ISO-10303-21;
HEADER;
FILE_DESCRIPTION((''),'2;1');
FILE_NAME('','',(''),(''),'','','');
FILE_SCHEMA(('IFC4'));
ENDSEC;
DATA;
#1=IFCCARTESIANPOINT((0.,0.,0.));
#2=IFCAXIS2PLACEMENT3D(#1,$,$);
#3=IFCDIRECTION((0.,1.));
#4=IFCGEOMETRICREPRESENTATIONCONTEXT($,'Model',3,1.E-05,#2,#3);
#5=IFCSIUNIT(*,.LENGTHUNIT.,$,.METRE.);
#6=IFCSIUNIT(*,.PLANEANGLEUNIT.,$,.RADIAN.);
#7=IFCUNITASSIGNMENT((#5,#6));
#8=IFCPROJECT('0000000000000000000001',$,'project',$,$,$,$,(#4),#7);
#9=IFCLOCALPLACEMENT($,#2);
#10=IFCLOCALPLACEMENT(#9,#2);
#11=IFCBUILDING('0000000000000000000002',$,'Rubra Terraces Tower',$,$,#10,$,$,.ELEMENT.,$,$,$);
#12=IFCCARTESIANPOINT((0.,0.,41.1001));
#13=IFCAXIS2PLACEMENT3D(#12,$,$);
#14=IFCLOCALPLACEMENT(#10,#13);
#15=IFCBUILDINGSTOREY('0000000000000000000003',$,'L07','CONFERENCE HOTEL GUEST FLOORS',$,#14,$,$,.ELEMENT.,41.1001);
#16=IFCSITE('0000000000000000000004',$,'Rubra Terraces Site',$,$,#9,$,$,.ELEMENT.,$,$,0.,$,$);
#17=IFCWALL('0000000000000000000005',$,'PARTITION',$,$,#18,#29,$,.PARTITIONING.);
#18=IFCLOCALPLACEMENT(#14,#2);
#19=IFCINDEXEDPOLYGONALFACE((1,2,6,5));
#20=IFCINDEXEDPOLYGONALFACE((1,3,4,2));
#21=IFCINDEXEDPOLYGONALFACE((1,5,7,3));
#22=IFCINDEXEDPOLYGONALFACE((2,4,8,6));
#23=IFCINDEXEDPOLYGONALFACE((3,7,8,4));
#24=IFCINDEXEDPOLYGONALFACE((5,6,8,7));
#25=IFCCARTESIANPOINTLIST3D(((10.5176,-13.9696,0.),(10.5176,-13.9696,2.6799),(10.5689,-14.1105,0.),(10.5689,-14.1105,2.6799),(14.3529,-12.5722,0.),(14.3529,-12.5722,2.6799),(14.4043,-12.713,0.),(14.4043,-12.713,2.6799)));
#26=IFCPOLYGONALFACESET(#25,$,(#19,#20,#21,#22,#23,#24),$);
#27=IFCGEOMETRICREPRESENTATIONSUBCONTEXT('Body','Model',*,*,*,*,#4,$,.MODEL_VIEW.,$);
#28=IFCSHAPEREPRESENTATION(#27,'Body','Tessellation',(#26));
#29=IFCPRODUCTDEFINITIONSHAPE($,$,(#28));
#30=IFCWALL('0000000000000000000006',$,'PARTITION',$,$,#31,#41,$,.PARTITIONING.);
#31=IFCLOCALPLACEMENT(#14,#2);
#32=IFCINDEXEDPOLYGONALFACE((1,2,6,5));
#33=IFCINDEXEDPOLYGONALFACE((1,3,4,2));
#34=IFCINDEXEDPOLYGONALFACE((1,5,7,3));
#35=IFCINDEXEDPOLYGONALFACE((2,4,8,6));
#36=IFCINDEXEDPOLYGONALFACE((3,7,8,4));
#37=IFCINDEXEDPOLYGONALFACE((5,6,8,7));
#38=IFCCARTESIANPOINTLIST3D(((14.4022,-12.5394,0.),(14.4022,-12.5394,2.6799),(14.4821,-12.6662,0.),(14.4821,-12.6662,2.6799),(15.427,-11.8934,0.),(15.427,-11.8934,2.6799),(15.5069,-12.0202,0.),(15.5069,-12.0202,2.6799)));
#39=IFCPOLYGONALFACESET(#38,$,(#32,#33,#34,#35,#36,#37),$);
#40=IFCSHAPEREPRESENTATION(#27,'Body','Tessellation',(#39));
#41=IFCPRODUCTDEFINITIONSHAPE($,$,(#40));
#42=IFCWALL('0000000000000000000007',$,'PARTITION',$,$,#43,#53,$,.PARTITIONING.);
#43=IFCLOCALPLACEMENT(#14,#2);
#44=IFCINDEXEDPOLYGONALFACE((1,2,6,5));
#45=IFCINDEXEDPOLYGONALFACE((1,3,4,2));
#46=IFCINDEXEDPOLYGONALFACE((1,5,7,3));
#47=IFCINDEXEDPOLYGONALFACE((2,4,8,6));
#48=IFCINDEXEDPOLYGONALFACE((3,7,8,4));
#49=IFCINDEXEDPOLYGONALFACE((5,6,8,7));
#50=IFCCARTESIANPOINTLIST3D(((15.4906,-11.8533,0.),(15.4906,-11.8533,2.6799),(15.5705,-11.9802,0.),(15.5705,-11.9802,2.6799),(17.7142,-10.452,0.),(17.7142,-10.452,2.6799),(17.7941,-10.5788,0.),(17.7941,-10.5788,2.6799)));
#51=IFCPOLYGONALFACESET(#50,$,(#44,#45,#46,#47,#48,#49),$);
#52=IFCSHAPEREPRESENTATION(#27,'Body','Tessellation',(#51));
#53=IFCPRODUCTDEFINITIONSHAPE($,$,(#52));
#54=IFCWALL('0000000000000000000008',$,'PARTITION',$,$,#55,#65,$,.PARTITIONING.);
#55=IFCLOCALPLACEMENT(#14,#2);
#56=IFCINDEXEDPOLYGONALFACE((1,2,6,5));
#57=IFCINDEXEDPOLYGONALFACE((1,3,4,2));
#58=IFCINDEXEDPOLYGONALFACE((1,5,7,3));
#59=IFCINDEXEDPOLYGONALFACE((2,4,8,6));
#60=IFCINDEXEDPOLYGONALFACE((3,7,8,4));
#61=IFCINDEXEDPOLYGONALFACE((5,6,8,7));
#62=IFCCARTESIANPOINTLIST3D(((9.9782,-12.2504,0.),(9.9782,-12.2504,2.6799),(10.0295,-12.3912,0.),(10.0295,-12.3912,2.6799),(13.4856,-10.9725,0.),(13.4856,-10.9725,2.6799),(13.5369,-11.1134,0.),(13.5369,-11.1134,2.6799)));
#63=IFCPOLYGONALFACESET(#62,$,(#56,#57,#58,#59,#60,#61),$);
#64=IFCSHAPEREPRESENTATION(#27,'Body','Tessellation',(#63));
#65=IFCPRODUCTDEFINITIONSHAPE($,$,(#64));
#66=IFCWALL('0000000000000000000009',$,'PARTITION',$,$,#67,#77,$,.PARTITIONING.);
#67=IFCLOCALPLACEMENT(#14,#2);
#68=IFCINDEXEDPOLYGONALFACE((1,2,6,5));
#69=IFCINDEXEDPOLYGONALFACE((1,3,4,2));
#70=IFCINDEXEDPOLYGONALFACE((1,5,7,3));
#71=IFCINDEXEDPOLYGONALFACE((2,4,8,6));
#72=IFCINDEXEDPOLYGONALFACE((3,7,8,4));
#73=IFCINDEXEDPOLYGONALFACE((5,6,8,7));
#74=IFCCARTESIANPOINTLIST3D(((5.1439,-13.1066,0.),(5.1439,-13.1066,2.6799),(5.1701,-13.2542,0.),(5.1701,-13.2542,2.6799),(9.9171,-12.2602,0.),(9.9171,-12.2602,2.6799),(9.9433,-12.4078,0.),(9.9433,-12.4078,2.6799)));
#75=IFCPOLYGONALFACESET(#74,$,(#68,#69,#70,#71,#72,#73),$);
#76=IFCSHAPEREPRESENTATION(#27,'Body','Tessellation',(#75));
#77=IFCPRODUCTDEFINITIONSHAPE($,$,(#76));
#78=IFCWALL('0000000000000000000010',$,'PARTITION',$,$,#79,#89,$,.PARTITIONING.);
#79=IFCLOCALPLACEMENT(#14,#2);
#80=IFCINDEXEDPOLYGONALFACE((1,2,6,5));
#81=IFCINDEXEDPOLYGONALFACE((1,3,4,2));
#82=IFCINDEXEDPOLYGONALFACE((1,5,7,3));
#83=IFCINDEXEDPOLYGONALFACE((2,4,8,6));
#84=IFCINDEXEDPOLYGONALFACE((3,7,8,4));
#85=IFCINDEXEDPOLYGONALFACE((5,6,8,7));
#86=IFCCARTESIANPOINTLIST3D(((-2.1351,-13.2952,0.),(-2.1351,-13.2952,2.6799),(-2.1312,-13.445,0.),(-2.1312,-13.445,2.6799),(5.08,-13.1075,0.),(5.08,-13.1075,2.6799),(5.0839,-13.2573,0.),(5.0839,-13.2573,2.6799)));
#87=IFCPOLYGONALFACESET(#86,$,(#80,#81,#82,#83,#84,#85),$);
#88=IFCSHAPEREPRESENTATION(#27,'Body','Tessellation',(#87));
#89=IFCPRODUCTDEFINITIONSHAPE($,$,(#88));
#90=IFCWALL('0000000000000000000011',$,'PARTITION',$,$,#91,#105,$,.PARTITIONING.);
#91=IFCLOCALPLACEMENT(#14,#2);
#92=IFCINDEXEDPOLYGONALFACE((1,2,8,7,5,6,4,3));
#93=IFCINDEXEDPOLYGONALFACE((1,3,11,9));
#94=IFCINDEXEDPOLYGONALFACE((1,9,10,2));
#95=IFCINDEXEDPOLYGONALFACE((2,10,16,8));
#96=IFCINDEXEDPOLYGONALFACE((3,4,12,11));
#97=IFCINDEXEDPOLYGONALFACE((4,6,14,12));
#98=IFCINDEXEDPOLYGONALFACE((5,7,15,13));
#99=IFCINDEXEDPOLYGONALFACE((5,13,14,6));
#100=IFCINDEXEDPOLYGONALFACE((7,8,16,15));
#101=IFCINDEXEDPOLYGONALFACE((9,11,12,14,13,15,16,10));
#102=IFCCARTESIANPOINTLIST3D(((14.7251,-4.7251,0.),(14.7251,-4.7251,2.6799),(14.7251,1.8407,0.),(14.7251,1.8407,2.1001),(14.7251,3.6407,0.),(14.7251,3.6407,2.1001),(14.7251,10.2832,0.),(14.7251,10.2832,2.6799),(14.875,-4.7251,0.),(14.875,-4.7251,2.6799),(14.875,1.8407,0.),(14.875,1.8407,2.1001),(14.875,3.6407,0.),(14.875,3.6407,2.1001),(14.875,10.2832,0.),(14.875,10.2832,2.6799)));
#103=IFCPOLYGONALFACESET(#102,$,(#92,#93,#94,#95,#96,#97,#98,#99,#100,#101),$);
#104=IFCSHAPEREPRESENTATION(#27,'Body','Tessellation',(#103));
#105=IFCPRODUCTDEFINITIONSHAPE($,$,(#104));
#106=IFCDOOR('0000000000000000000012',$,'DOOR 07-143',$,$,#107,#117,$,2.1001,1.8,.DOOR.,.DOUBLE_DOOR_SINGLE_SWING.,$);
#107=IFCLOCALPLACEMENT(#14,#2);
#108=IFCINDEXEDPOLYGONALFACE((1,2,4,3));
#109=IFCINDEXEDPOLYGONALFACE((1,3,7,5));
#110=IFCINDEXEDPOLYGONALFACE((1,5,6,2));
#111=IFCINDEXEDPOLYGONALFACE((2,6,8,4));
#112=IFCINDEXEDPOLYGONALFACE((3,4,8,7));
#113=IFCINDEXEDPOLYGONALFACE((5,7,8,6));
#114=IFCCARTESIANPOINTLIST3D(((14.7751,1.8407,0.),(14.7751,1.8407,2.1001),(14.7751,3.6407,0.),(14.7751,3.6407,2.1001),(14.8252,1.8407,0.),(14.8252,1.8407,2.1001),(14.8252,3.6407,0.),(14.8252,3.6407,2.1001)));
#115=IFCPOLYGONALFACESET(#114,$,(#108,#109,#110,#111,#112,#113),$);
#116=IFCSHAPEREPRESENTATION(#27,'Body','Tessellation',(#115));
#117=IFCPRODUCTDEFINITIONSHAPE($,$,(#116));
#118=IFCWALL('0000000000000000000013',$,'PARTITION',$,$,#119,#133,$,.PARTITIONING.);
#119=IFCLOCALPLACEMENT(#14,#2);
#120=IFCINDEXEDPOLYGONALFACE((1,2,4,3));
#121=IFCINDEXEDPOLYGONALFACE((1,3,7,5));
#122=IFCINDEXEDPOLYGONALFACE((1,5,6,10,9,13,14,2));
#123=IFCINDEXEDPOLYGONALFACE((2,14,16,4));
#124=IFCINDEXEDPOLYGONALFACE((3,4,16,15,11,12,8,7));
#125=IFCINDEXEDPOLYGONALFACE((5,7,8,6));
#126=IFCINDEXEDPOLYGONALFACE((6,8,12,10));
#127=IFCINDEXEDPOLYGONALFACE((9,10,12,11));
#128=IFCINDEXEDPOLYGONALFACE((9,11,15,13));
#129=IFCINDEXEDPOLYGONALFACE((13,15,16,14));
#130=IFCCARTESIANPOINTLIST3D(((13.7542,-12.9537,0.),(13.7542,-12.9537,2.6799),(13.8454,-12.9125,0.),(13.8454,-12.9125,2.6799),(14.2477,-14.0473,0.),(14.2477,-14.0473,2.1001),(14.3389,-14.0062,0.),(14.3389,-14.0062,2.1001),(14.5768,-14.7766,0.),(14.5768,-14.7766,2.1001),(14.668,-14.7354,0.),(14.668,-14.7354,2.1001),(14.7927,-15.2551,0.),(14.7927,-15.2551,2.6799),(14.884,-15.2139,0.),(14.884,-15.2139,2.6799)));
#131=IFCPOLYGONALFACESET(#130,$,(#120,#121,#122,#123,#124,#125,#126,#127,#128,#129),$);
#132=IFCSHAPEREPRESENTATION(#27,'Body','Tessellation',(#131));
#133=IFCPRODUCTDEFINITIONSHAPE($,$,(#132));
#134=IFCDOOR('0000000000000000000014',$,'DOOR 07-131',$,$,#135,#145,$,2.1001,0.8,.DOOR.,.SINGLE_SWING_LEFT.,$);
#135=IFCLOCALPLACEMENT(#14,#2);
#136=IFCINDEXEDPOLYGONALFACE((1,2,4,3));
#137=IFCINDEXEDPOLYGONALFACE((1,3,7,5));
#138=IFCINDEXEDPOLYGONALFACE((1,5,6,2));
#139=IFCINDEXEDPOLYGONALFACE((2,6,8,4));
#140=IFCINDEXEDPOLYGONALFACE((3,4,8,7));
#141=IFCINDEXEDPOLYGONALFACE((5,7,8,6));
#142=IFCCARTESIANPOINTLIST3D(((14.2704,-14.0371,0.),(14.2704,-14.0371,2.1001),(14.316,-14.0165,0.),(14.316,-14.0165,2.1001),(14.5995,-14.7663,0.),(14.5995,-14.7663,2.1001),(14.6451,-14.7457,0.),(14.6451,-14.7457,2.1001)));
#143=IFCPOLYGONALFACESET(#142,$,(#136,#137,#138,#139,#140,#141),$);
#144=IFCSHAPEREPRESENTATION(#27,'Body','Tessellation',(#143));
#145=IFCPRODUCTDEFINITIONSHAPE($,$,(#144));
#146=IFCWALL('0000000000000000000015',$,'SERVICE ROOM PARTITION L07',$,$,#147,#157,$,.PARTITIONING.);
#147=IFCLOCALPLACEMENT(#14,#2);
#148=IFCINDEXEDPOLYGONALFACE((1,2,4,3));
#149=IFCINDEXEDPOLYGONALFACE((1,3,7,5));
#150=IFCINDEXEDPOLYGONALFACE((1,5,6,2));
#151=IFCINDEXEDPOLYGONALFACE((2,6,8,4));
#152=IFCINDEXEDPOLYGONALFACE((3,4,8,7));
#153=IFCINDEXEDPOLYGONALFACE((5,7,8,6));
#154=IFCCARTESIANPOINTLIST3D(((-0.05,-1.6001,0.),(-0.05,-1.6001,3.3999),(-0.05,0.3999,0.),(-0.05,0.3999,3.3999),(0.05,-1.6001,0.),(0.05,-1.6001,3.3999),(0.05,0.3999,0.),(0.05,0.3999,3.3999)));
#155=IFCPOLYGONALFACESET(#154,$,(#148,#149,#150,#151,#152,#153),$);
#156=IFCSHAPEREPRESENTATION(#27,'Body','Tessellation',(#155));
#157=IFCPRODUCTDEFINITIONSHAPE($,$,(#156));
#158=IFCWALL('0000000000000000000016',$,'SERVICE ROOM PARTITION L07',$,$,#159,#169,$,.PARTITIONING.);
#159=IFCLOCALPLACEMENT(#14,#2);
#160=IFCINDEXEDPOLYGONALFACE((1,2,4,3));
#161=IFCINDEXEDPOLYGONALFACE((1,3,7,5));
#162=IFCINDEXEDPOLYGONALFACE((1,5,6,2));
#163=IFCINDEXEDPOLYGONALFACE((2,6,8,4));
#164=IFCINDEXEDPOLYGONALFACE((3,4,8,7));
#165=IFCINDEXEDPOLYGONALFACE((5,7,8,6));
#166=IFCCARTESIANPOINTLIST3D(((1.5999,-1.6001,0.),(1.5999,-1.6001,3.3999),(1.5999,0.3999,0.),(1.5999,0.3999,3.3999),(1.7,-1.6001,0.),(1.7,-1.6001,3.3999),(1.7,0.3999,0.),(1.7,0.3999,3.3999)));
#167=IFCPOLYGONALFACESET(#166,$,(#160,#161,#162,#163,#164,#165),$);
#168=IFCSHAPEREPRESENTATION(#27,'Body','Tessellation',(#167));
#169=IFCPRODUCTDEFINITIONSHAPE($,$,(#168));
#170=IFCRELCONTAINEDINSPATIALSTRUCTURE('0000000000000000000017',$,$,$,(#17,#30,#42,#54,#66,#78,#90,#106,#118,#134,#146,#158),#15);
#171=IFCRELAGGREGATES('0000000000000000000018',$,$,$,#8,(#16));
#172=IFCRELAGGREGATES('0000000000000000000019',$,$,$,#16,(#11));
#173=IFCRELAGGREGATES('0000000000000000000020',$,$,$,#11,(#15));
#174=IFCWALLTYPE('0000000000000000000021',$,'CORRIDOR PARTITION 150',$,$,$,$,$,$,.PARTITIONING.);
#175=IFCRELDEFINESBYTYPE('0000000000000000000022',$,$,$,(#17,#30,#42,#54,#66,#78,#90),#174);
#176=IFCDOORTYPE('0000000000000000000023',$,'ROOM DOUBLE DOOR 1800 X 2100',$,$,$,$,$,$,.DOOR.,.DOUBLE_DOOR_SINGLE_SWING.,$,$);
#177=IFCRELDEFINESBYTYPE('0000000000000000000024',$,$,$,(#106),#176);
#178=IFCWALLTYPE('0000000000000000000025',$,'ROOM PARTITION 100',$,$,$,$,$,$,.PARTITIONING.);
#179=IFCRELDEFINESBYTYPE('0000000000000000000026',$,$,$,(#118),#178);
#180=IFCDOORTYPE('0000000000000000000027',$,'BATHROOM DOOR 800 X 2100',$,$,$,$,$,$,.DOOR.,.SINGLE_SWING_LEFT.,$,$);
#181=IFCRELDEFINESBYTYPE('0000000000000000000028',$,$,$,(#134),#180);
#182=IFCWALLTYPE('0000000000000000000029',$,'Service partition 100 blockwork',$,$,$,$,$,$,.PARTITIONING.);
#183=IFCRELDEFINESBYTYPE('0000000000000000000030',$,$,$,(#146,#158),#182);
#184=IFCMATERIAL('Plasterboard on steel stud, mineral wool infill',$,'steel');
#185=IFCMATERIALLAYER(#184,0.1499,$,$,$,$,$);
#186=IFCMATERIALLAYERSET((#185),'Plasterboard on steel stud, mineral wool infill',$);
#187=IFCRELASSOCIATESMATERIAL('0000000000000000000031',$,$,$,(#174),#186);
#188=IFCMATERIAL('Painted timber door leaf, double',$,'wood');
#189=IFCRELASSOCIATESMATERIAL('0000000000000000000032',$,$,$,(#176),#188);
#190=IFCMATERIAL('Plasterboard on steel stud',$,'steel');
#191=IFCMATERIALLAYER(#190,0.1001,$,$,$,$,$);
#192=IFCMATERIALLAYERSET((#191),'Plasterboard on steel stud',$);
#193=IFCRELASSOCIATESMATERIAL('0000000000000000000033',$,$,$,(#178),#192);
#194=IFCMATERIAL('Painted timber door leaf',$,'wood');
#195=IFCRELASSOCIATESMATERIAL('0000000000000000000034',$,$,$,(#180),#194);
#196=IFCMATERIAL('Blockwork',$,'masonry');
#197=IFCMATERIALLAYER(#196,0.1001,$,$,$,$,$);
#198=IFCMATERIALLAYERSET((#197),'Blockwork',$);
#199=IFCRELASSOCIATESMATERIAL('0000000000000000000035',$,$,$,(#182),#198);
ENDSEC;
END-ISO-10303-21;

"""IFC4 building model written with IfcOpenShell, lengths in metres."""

from ifc_helpers import new_model, si_unit, direction, frame, frame_2d, origin, place, context, subcontext, project, spatial, rectangle, extrude, material, layer, layer_set, type_object, element, fill, save


model = new_model("IFC4")

# Units and contexts
model_context = context("Model", 3, precision=1e-05, world=origin(), true_north=direction((0.0, 1.0)))
body_context = subcontext(model_context, "Body", "Model", "MODEL_VIEW")
ifc_project = project(units=[si_unit("LENGTHUNIT", "METRE"), si_unit("PLANEANGLEUNIT", "RADIAN")], contexts=[model_context])

# Site, building, storey
site_placement = place(None, origin())
site = spatial("IfcSite", under=ifc_project, at=site_placement, Name="Rubra Terraces Site", CompositionType="ELEMENT", RefElevation=0.0)
building_placement = place(site_placement, origin())
building = spatial("IfcBuilding", under=site, at=building_placement, Name="Rubra Terraces Tower", CompositionType="ELEMENT")
storey_placement = place(building_placement, frame((0.0, 0.0, 41.1001)))
storey = spatial("IfcBuildingStorey", under=building, at=storey_placement, Name="L07", Description="CONFERENCE HOTEL GUEST FLOORS", CompositionType="ELEMENT", Elevation=41.1001)

# Shared definitions
ifc_material_1 = material(Name="Plasterboard on steel stud, mineral wool infill", Category="steel")
ifc_layer_1 = layer(ifc_material_1, 0.1499)
ifc_layer_set_1 = layer_set([ifc_layer_1], Name="Plasterboard on steel stud, mineral wool infill")
wall_type_1 = type_object("IfcWallType", Name="CORRIDOR PARTITION 150", PredefinedType="PARTITIONING", material=ifc_layer_set_1)

# Shared definitions
ifc_material_2 = material(Name="Painted timber door leaf", Category="wood")

# Walls
wall_1_placement = place(storey_placement, frame((10.5432, -14.04, 0.0), z_axis=(0.0, 0.0, 1.0), x_axis=(0.939577, 0.342338, 0.0)))
element("IfcWall", 1, at=wall_1_placement, inside=storey, type_object=wall_type_1, Name="PARTITION", PredefinedType="PARTITIONING", context=body_context, shape_type="SweptSolid", body=[
    extrude(rectangle(XDim=4.082, YDim=0.1499, at=frame_2d((2.041, 0.0))), origin(), (0.0, 0.0, 1.0), 2.6799),
])
wall_2_placement = place(storey_placement, frame((14.4421, -12.6028, 0.0), z_axis=(0.0, 0.0, 1.0), x_axis=(0.845977, 0.533219, 0.0)))
element("IfcWall", 2, at=wall_2_placement, inside=storey, type_object=wall_type_1, Name="PARTITION", PredefinedType="PARTITIONING", context=body_context, shape_type="SweptSolid", body=[
    extrude(rectangle(XDim=1.2114, YDim=0.1499, at=frame_2d((0.6057, 0.0))), origin(), (0.0, 0.0, 1.0), 2.6799),
])
wall_3_placement = place(storey_placement, frame((15.5305, -11.9167, 0.0), z_axis=(0.0, 0.0, 1.0), x_axis=(0.846009, 0.533168, 0.0)))
element("IfcWall", 3, at=wall_3_placement, inside=storey, type_object=wall_type_1, Name="PARTITION", PredefinedType="PARTITIONING", context=body_context, shape_type="SweptSolid", body=[
    extrude(rectangle(XDim=2.6284, YDim=0.1499, at=frame_2d((1.3142, 0.0))), origin(), (0.0, 0.0, 1.0), 2.6799),
])
wall_4_placement = place(storey_placement, frame((13.5112, -11.043, 0.0), z_axis=(0.0, 0.0, 1.0), x_axis=(-0.939583, -0.342321, 0.0)))
element("IfcWall", 4, at=wall_4_placement, inside=storey, type_object=wall_type_1, Name="PARTITION", PredefinedType="PARTITIONING", context=body_context, shape_type="SweptSolid", body=[
    extrude(rectangle(XDim=3.7329, YDim=0.1499, at=frame_2d((1.8665, 0.0))), origin(), (0.0, 0.0, 1.0), 2.6799),
])
wall_5_placement = place(storey_placement, frame((9.9302, -12.334, 0.0), z_axis=(0.0, 0.0, 1.0), x_axis=(-0.984638, -0.174607, 0.0)))
element("IfcWall", 5, at=wall_5_placement, inside=storey, type_object=wall_type_1, Name="PARTITION", PredefinedType="PARTITIONING", context=body_context, shape_type="SweptSolid", body=[
    extrude(rectangle(XDim=4.8477, YDim=0.1499, at=frame_2d((2.4238, 0.0))), origin(), (0.0, 0.0, 1.0), 2.6799),
])
wall_6_placement = place(storey_placement, frame((5.082, -13.1824, 0.0), z_axis=(0.0, 0.0, 1.0), x_axis=(-0.999662, -0.026012, 0.0)))
element("IfcWall", 6, at=wall_6_placement, inside=storey, type_object=wall_type_1, Name="PARTITION", PredefinedType="PARTITIONING", context=body_context, shape_type="SweptSolid", body=[
    extrude(rectangle(XDim=7.2175, YDim=0.1499, at=frame_2d((3.6089, 0.0))), origin(), (0.0, 0.0, 1.0), 2.6799),
])

# Walls, openings, doors
wall_7_placement = place(storey_placement, frame((14.8, -4.7251, 0.0), z_axis=(0.0, 0.0, 1.0), x_axis=(0.0, 1.0, 0.0)))
wall_7 = element("IfcWall", 7, at=wall_7_placement, inside=storey, type_object=wall_type_1, Name="PARTITION", PredefinedType="PARTITIONING", context=body_context, shape_type="SweptSolid", body=[
    extrude(rectangle(XDim=15.0083, YDim=0.1499, at=frame_2d((7.5042, 0.0))), origin(), (0.0, 0.0, 1.0), 2.6799),
])
opening_1_placement = place(wall_7_placement, frame((6.5659, 0.0, 0.0)))
opening_1 = element("IfcOpeningElement", 8, at=opening_1_placement, cuts=wall_7, PredefinedType="OPENING", context=body_context, shape_type="SweptSolid", body=[
    extrude(rectangle(XDim=1.8, YDim=2.1001, at=frame_2d((0.8999, 1.05))), frame((0.0, 0.085, 0.0), z_axis=(0.0, -1.0, 0.0), x_axis=(1.0, 0.0, 0.0)), (0.0, 0.0, 1.0), 0.1699),
])
ifc_material_3 = material(Name="Painted timber door leaf, double", Category="wood")
door_type_1 = type_object("IfcDoorType", Name="ROOM DOUBLE DOOR 1800 X 2100", OperationType="DOUBLE_DOOR_SINGLE_SWING", PredefinedType="DOOR", material=ifc_material_3)
door_1_placement = place(opening_1_placement, origin())
door_1 = element("IfcDoor", 9, at=door_1_placement, inside=storey, type_object=door_type_1, Name="DOOR 07-143", OperationType="DOUBLE_DOOR_SINGLE_SWING", OverallHeight=2.1001, OverallWidth=1.8, PredefinedType="DOOR", context=body_context, shape_type="SweptSolid", body=[
    extrude(rectangle(XDim=1.8, YDim=2.1001, at=frame_2d((0.8999, 1.05))), frame((0.0, 0.0249, 0.0), z_axis=(0.0, -1.0, 0.0), x_axis=(1.0, 0.0, 0.0)), (0.0, 0.0, 1.0), 0.05),
])
fill(opening_1, door_1)
ifc_material_4 = material(Name="Plasterboard on steel stud", Category="steel")
ifc_layer_2 = layer(ifc_material_4, 0.1001)
ifc_layer_set_2 = layer_set([ifc_layer_2], Name="Plasterboard on steel stud")
wall_type_2 = type_object("IfcWallType", Name="ROOM PARTITION 100", PredefinedType="PARTITIONING", material=ifc_layer_set_2)
wall_8_placement = place(storey_placement, frame((13.7998, -12.9331, 0.0), z_axis=(0.0, 0.0, 1.0), x_axis=(0.411317, -0.911492, 0.0)))
wall_8 = element("IfcWall", 10, at=wall_8_placement, inside=storey, type_object=wall_type_2, Name="PARTITION", PredefinedType="PARTITIONING", context=body_context, shape_type="SweptSolid", body=[
    extrude(rectangle(XDim=2.5249, YDim=0.1001, at=frame_2d((1.2625, 0.0))), origin(), (0.0, 0.0, 1.0), 2.6799),
])
opening_2_placement = place(wall_8_placement, frame((1.2, 0.0, 0.0)))
opening_2 = element("IfcOpeningElement", 11, at=opening_2_placement, cuts=wall_8, PredefinedType="OPENING", context=body_context, shape_type="SweptSolid", body=[
    extrude(rectangle(XDim=0.8, YDim=2.1001, at=frame_2d((0.3999, 1.05))), frame((0.0, 0.0601, 0.0), z_axis=(0.0, -1.0, 0.0), x_axis=(1.0, 0.0, 0.0)), (0.0, 0.0, 1.0), 0.1201),
])
door_type_2 = type_object("IfcDoorType", Name="BATHROOM DOOR 800 X 2100", OperationType="SINGLE_SWING_LEFT", PredefinedType="DOOR", material=ifc_material_2)
door_2_placement = place(opening_2_placement, origin())
door_2 = element("IfcDoor", 12, at=door_2_placement, inside=storey, type_object=door_type_2, Name="DOOR 07-131", OperationType="SINGLE_SWING_LEFT", OverallHeight=2.1001, OverallWidth=0.8, PredefinedType="DOOR", context=body_context, shape_type="SweptSolid", body=[
    extrude(rectangle(XDim=0.8, YDim=2.1001, at=frame_2d((0.3999, 1.05))), frame((0.0, 0.0249, 0.0), z_axis=(0.0, -1.0, 0.0), x_axis=(1.0, 0.0, 0.0)), (0.0, 0.0, 1.0), 0.05),
])
fill(opening_2, door_2)

# Walls
ifc_material_5 = material(Name="Blockwork", Category="masonry")
ifc_layer_3 = layer(ifc_material_5, 0.1001)
ifc_layer_set_3 = layer_set([ifc_layer_3], Name="Blockwork")
wall_type_3 = type_object("IfcWallType", Name="Service partition 100 blockwork", PredefinedType="PARTITIONING", material=ifc_layer_set_3)
for number, where, z_axis, x_axis, name in (
    (13, (0.0, -1.6001, 0.0), (0.0, 0.0, 1.0), (0.0, 1.0, 0.0), "SERVICE ROOM PARTITION L07"),
    (14, (1.6499, -1.6001, 0.0), (0.0, 0.0, 1.0), (0.0, 1.0, 0.0), "SERVICE ROOM PARTITION L07"),
):
    element("IfcWall", number, at=place(storey_placement, frame(where, z_axis=z_axis, x_axis=x_axis)), inside=storey, type_object=wall_type_3, Name=name, PredefinedType="PARTITIONING", context=body_context, shape_type="SweptSolid", body=[
        extrude(rectangle(XDim=2.0, YDim=0.1001, at=frame_2d((1.0, 0.0))), origin(), (0.0, 0.0, 1.0), 3.3999),
    ])

save(model, "model.ifc")
